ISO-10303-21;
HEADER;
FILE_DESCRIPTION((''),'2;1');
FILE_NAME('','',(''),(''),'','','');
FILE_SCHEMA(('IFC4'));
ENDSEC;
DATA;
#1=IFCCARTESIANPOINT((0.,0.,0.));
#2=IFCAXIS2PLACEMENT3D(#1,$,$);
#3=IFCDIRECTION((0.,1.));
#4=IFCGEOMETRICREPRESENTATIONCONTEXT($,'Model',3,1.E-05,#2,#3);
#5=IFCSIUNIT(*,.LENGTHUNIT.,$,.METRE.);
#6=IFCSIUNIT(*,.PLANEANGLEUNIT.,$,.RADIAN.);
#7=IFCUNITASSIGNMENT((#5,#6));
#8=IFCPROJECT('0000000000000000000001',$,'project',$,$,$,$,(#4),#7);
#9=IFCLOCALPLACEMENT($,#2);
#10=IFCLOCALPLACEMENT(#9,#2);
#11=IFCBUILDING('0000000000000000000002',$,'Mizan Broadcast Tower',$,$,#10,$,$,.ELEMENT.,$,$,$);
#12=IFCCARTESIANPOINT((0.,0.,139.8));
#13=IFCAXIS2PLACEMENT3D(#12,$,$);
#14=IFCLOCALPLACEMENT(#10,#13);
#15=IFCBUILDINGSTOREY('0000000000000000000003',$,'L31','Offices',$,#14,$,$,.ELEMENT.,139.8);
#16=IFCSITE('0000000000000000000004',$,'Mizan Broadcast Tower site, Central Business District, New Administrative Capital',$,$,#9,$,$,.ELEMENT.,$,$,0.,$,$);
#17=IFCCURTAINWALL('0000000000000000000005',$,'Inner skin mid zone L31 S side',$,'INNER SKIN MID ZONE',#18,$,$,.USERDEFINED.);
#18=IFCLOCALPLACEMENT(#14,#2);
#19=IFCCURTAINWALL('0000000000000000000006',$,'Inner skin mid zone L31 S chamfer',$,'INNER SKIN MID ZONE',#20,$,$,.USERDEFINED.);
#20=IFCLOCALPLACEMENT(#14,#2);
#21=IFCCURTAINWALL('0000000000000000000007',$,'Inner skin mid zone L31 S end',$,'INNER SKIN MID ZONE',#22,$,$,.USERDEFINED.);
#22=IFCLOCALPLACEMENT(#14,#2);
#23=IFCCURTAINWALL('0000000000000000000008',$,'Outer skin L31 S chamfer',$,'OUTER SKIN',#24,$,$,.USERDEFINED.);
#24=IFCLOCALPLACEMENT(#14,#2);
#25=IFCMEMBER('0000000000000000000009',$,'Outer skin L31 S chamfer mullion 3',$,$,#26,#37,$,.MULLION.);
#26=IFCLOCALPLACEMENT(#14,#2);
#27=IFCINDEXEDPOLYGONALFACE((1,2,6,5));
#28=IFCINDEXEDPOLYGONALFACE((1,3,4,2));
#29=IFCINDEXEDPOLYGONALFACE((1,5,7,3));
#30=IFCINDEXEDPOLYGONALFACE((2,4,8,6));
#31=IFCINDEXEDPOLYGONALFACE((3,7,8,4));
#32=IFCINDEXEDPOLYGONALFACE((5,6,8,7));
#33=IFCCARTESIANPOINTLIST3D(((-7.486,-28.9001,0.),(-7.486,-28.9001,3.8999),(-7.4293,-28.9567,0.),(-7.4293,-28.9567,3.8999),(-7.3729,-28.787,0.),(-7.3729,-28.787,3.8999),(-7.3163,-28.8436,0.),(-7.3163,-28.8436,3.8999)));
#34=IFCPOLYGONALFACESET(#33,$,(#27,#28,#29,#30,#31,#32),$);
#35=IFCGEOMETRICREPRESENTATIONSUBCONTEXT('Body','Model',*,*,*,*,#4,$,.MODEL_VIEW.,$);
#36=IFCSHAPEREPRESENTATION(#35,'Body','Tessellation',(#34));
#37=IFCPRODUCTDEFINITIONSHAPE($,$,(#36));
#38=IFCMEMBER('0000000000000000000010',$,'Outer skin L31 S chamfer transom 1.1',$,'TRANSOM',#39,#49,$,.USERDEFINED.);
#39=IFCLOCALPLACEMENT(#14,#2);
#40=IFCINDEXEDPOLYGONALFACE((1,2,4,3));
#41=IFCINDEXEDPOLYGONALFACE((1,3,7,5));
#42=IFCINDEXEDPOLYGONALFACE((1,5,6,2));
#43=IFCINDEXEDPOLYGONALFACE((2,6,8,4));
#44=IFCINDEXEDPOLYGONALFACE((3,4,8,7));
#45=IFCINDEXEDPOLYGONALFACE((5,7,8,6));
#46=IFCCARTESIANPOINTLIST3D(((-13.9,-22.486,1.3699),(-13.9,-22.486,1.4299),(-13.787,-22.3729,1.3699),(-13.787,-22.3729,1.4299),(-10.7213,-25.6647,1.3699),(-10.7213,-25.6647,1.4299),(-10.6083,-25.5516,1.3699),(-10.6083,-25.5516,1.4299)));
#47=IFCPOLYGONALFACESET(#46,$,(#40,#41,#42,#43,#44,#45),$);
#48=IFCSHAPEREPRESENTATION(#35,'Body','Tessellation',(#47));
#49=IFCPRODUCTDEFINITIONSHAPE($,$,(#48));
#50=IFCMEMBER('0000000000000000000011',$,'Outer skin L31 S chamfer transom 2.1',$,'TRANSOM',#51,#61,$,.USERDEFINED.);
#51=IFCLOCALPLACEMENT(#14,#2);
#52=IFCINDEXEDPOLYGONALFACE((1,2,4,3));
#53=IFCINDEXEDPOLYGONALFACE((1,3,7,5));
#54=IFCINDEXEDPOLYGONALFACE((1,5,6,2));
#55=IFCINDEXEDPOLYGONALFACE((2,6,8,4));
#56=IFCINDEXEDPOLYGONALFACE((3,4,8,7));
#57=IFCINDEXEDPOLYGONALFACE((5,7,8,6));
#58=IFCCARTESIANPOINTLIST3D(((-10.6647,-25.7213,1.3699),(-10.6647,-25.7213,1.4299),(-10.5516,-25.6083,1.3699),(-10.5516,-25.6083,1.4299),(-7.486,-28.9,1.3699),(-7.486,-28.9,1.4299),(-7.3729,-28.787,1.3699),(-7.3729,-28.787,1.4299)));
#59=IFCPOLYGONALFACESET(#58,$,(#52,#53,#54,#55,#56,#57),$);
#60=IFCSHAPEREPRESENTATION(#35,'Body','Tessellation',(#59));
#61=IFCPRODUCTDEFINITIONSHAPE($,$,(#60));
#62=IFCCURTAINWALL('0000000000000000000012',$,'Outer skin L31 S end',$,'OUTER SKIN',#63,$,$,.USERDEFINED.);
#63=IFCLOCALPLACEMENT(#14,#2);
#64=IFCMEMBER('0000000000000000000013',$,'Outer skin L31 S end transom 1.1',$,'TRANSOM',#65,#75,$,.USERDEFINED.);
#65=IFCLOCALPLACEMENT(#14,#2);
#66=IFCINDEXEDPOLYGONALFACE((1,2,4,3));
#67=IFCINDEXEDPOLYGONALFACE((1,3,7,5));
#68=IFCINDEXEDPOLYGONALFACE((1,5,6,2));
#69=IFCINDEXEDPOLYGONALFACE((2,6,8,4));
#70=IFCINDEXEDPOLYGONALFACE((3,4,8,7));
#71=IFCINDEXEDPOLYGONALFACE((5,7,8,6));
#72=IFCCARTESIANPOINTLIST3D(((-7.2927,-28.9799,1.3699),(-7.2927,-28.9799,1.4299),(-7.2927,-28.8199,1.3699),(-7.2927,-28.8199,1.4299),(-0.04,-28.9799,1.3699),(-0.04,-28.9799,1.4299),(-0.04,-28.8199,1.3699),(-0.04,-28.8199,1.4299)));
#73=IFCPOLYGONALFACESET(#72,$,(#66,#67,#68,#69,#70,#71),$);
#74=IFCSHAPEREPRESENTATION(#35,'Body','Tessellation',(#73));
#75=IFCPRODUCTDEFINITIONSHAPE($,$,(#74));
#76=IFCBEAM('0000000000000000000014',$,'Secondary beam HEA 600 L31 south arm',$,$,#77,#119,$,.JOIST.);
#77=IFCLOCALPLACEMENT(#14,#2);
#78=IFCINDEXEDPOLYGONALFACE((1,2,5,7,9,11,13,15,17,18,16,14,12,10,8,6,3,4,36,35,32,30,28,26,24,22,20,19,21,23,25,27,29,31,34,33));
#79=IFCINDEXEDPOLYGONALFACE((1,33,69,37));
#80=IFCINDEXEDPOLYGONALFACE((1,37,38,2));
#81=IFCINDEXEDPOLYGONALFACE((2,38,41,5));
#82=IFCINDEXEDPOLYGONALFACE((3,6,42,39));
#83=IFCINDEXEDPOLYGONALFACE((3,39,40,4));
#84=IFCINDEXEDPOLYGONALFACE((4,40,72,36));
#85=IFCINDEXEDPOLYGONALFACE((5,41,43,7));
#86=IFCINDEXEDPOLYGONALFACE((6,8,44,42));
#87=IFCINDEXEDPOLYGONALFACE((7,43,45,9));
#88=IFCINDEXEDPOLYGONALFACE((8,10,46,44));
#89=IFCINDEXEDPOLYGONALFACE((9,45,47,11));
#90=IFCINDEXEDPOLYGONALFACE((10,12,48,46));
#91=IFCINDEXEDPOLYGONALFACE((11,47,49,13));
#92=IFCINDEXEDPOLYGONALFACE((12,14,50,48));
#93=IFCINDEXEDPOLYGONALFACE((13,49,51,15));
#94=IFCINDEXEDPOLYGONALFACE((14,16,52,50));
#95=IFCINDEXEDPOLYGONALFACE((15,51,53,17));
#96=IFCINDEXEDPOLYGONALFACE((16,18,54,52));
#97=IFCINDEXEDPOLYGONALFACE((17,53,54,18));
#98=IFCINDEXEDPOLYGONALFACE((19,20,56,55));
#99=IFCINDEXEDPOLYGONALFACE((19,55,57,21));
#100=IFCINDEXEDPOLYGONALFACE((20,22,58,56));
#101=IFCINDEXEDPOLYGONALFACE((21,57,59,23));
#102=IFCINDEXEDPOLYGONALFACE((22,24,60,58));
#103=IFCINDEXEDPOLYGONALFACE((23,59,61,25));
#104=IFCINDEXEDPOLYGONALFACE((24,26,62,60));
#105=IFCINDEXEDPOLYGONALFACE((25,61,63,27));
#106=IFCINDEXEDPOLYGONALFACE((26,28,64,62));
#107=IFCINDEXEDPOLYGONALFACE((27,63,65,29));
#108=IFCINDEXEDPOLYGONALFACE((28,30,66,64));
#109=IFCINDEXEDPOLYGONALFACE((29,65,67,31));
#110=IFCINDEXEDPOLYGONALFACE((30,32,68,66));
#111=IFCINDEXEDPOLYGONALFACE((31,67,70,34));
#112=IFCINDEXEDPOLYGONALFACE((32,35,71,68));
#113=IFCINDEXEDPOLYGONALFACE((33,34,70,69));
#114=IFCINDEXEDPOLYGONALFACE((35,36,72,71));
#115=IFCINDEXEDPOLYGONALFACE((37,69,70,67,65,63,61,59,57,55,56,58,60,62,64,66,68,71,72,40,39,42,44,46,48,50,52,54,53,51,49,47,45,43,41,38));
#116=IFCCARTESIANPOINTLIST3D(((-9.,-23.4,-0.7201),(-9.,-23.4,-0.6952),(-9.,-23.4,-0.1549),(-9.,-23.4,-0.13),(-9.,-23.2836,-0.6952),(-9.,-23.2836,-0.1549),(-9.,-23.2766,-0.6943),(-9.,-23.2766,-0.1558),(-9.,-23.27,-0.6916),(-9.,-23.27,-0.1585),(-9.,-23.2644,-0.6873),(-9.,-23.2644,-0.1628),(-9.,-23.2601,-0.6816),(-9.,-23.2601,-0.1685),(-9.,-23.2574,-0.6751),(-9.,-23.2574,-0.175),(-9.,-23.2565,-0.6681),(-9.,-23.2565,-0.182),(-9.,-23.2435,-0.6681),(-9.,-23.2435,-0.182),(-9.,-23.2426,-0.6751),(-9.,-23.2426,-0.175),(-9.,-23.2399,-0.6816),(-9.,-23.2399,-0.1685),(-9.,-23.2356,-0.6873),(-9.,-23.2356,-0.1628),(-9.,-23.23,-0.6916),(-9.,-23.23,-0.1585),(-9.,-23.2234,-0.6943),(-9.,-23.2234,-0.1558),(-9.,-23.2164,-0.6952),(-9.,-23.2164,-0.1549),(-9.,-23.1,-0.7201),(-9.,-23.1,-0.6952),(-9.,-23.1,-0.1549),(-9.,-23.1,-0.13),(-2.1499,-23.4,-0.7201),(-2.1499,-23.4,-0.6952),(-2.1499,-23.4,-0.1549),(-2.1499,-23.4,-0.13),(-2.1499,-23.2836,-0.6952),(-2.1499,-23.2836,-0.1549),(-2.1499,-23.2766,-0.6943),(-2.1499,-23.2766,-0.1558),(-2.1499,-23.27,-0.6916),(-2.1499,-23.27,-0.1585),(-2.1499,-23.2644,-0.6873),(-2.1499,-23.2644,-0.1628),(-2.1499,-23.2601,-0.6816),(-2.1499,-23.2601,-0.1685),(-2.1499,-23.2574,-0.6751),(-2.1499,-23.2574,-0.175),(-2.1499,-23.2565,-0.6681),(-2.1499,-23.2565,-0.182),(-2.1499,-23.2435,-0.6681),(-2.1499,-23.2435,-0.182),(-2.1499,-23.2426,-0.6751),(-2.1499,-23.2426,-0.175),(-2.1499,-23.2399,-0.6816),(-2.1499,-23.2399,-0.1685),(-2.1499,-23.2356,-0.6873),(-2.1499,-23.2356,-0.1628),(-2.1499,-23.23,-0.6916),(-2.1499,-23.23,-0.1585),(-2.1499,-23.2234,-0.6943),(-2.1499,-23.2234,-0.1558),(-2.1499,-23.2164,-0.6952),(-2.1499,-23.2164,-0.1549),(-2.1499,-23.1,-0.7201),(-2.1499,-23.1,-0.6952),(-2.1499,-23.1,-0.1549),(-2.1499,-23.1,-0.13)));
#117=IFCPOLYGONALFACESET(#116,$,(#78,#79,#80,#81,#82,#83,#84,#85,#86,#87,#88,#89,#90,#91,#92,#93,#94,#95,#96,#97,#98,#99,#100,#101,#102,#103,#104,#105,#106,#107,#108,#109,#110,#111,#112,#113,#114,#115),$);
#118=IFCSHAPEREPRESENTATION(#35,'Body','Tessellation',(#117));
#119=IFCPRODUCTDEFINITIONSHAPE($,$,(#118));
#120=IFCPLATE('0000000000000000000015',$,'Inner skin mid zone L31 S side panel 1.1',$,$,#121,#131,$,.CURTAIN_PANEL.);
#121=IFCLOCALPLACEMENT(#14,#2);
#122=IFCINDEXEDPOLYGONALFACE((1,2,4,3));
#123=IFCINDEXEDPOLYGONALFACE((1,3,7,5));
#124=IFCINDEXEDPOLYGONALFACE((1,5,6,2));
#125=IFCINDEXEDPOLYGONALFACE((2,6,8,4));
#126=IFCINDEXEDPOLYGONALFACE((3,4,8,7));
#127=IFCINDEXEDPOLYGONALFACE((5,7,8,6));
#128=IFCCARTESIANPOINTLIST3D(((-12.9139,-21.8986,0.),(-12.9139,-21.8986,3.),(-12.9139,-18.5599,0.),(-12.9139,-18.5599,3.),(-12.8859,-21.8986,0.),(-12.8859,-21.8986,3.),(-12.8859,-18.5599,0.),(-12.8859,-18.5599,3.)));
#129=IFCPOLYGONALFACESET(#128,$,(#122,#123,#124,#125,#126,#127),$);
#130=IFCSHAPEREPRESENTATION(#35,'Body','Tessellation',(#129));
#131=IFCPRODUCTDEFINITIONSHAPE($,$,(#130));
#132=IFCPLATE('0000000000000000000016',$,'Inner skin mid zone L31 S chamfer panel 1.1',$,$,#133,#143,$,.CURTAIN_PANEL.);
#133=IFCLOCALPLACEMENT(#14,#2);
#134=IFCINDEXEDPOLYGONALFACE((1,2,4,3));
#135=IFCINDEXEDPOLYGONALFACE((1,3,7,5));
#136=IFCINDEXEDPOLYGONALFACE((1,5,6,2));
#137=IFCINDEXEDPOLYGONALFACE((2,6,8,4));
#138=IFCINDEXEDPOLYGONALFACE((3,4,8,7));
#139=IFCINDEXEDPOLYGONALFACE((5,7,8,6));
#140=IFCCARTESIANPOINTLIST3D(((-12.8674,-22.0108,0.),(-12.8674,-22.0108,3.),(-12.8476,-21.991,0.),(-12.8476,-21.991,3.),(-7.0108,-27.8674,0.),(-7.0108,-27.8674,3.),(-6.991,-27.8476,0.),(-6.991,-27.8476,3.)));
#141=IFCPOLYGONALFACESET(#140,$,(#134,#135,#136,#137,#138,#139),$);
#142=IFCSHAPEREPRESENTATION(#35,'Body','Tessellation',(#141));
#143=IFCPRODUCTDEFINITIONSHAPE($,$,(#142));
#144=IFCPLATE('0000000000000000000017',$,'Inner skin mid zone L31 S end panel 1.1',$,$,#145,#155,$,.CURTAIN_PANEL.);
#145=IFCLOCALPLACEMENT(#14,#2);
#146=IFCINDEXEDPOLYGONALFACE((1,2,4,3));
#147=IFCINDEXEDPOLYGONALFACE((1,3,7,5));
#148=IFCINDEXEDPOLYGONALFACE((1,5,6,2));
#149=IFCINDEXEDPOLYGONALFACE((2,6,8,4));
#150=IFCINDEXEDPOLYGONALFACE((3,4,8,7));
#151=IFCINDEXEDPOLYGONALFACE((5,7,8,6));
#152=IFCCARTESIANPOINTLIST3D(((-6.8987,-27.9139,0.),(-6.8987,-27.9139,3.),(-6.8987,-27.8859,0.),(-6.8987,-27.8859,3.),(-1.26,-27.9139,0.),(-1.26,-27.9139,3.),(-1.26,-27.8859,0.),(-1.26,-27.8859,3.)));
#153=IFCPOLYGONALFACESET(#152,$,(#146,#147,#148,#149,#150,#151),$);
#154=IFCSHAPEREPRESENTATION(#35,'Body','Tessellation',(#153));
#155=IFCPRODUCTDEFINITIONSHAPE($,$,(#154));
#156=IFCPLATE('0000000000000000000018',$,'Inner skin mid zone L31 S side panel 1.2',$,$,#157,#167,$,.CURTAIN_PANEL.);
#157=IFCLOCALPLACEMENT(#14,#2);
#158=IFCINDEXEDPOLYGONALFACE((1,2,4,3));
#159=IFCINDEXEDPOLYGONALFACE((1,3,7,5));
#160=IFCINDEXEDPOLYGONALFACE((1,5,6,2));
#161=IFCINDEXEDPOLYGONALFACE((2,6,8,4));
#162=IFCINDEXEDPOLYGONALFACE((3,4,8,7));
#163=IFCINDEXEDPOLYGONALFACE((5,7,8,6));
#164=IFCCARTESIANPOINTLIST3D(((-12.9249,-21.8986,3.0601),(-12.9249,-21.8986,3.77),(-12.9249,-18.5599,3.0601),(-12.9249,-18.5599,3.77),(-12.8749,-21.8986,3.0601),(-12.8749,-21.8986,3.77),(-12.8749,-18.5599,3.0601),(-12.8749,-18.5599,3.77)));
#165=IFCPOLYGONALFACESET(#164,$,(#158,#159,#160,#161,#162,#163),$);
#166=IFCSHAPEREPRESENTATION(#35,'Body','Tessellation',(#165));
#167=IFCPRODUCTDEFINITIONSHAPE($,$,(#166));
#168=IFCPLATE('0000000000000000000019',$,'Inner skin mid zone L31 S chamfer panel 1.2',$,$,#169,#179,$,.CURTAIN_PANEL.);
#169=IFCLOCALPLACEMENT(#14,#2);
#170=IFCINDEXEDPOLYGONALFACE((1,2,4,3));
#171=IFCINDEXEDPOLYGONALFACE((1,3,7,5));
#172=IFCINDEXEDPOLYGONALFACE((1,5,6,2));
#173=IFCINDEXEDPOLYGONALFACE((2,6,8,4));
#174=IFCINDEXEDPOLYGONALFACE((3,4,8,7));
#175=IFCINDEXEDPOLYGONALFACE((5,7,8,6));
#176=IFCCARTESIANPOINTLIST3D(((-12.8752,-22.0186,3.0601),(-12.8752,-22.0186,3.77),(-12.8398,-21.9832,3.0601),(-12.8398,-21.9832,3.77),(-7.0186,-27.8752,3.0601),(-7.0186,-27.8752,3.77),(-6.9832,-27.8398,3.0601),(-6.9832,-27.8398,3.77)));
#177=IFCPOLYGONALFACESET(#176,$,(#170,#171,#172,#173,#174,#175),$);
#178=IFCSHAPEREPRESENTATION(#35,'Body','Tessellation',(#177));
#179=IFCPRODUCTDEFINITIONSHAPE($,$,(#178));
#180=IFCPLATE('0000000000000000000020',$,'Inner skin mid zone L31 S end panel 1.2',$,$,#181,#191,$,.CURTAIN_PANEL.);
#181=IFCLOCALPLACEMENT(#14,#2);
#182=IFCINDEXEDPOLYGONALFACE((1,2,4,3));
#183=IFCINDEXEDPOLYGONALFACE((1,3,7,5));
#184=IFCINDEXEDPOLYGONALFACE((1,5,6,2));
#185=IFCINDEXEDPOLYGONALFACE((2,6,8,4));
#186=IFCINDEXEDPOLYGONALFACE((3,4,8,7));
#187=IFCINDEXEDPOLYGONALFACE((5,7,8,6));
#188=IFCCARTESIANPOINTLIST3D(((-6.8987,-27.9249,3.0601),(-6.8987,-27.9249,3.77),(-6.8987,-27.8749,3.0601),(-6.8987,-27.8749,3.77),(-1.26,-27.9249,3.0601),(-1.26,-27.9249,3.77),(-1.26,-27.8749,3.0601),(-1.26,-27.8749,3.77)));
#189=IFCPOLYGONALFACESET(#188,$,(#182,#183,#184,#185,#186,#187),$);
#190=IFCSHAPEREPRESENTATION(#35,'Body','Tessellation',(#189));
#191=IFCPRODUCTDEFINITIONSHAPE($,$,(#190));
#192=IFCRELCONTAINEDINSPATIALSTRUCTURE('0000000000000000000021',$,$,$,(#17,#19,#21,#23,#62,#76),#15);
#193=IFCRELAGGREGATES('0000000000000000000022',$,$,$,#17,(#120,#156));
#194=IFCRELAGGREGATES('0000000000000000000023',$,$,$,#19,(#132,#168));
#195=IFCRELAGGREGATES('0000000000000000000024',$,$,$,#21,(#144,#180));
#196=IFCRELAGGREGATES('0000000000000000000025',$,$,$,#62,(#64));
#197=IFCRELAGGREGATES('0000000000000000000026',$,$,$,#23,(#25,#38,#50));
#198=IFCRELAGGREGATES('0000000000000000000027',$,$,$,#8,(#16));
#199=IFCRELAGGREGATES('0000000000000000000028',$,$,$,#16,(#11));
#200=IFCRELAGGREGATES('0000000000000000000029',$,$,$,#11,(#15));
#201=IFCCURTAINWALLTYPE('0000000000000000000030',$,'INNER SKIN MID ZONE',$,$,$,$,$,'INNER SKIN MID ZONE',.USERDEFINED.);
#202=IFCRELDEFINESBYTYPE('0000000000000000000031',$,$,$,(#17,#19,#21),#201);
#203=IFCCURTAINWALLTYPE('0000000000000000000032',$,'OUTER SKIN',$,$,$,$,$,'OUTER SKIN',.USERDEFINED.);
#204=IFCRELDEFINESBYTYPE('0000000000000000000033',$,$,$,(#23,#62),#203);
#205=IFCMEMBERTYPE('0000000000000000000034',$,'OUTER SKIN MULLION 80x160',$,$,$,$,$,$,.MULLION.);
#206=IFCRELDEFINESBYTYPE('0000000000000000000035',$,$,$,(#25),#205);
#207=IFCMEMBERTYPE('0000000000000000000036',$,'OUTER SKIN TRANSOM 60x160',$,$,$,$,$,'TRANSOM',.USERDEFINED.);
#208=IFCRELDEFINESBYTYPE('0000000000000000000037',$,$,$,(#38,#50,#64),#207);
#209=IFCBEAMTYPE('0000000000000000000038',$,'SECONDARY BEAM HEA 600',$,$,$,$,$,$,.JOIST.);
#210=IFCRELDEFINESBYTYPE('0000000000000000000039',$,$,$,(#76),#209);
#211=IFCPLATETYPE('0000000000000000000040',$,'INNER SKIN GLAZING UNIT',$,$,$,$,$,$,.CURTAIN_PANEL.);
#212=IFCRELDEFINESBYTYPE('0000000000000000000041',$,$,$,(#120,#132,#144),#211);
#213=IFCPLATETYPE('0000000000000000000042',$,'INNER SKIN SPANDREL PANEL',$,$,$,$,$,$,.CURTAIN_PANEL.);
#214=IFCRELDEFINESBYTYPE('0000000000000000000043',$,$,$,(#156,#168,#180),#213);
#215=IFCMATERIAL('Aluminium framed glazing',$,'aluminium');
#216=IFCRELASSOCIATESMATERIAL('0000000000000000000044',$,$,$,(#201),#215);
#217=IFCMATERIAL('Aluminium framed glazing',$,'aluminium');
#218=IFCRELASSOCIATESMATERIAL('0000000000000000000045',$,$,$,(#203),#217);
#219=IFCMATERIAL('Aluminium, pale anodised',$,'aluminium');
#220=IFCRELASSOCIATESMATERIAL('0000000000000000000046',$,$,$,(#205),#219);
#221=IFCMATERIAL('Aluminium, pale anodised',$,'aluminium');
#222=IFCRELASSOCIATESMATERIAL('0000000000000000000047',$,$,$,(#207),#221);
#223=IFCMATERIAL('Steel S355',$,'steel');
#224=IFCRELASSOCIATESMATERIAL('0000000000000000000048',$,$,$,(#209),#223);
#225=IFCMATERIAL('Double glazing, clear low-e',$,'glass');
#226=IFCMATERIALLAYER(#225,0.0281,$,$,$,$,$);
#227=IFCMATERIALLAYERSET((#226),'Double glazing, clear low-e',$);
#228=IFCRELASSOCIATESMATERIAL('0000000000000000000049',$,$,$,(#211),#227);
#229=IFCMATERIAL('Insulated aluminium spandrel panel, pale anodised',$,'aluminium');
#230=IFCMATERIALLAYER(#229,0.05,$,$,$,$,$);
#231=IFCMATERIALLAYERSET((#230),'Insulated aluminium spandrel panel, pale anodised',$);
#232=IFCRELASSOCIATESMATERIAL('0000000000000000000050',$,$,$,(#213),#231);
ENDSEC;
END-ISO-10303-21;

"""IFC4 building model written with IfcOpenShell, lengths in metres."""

from ifc_helpers import new_model, si_unit, direction, frame, origin, origin_2d, place, context, subcontext, project, spatial, rectangle, i_section, extrude, material, layer, layer_set, material_profile, profile_set, type_object, element, aggregate, save


model = new_model("IFC4")

# Units and contexts
model_context = context("Model", 3, precision=1e-05, world=origin(), true_north=direction((0.0, 1.0)))
body_context = subcontext(model_context, "Body", "Model", "MODEL_VIEW")
ifc_project = project(units=[si_unit("LENGTHUNIT", "METRE"), si_unit("PLANEANGLEUNIT", "RADIAN")], contexts=[model_context])

# Site, building, storey
site_placement = place(None, origin())
site = spatial("IfcSite", under=ifc_project, at=site_placement, Name="Mizan Broadcast Tower site, Central Business District, New Administrative Capital", CompositionType="ELEMENT", RefElevation=0.0)
building_placement = place(site_placement, origin())
building = spatial("IfcBuilding", under=site, at=building_placement, Name="Mizan Broadcast Tower", CompositionType="ELEMENT")
storey_placement = place(building_placement, frame((0.0, 0.0, 139.8)))
storey = spatial("IfcBuildingStorey", under=building, at=storey_placement, Name="L31", Description="Offices", CompositionType="ELEMENT", Elevation=139.8)

# Curtain walls
ifc_material_1 = material(Name="Aluminium framed glazing", Category="aluminium")
curtain_wall_type_1 = type_object("IfcCurtainWallType", Name="INNER SKIN MID ZONE", ElementType="INNER SKIN MID ZONE", PredefinedType="USERDEFINED", material=ifc_material_1)
curtain_wall_1_placement = place(storey_placement, origin())
curtain_wall_1 = element("IfcCurtainWall", 1, at=curtain_wall_1_placement, inside=storey, type_object=curtain_wall_type_1, Name="Inner skin mid zone L31 S side", ObjectType="INNER SKIN MID ZONE", PredefinedType="USERDEFINED")
curtain_wall_2_placement = place(storey_placement, origin())
curtain_wall_2 = element("IfcCurtainWall", 2, at=curtain_wall_2_placement, inside=storey, type_object=curtain_wall_type_1, Name="Inner skin mid zone L31 S chamfer", ObjectType="INNER SKIN MID ZONE", PredefinedType="USERDEFINED")
curtain_wall_3_placement = place(storey_placement, origin())
curtain_wall_3 = element("IfcCurtainWall", 3, at=curtain_wall_3_placement, inside=storey, type_object=curtain_wall_type_1, Name="Inner skin mid zone L31 S end", ObjectType="INNER SKIN MID ZONE", PredefinedType="USERDEFINED")

# Curtain wall, members
ifc_material_2 = material(Name="Aluminium framed glazing", Category="aluminium")
curtain_wall_type_2 = type_object("IfcCurtainWallType", Name="OUTER SKIN", ElementType="OUTER SKIN", PredefinedType="USERDEFINED", material=ifc_material_2)
curtain_wall_4_placement = place(storey_placement, origin())
curtain_wall_4 = element("IfcCurtainWall", 4, at=curtain_wall_4_placement, inside=storey, type_object=curtain_wall_type_2, Name="Outer skin L31 S chamfer", ObjectType="OUTER SKIN", PredefinedType="USERDEFINED")
ifc_material_3 = material(Name="Aluminium, pale anodised", Category="aluminium")
ifc_material_profile_1 = material_profile(ifc_material_3, rectangle(XDim=0.1599, YDim=0.0801, at=origin_2d()), Name="MULLION 160x80")
ifc_profile_set_1 = profile_set([ifc_material_profile_1], Name="Aluminium, pale anodised")
member_type_1 = type_object("IfcMemberType", Name="OUTER SKIN MULLION 80x160", PredefinedType="MULLION", material=ifc_profile_set_1)
member_1_placement = place(storey_placement, frame((-7.4011, -28.8718, 0.0), z_axis=(0.0, 0.0, 1.0), x_axis=(0.707107, 0.707107, 0.0)))
member_1 = element("IfcMember", 5, at=member_1_placement, type_object=member_type_1, Name="Outer skin L31 S chamfer mullion 3", PredefinedType="MULLION", context=body_context, shape_type="SweptSolid", body=[
    extrude(rectangle(XDim=0.1599, YDim=0.0801, at=origin_2d()), origin(), (0.0, 0.0, 1.0), 3.8999),
])
ifc_material_4 = material(Name="Aluminium, pale anodised", Category="aluminium")
ifc_material_profile_2 = material_profile(ifc_material_4, rectangle(XDim=0.1599, YDim=0.0601, at=origin_2d()), Name="TRANSOM 160x60")
ifc_profile_set_2 = profile_set([ifc_material_profile_2], Name="Aluminium, pale anodised")
member_type_2 = type_object("IfcMemberType", Name="OUTER SKIN TRANSOM 60x160", ElementType="TRANSOM", PredefinedType="USERDEFINED", material=ifc_profile_set_2)
member_2_placement = place(storey_placement, frame((-13.8435, -22.4294, 1.3999), z_axis=(0.707107, -0.707107, 0.0), x_axis=(0.707107, 0.707107, 0.0)))
member_2 = element("IfcMember", 6, at=member_2_placement, type_object=member_type_2, Name="Outer skin L31 S chamfer transom 1.1", ObjectType="TRANSOM", PredefinedType="USERDEFINED", context=body_context, shape_type="SweptSolid", body=[
    extrude(rectangle(XDim=0.1599, YDim=0.0601, at=origin_2d()), origin(), (0.0, 0.0, 1.0), 4.4954),
])
member_3_placement = place(storey_placement, frame((-10.6082, -25.6648, 1.3999), z_axis=(0.707107, -0.707107, 0.0), x_axis=(0.707107, 0.707107, 0.0)))
member_3 = element("IfcMember", 7, at=member_3_placement, type_object=member_type_2, Name="Outer skin L31 S chamfer transom 2.1", ObjectType="TRANSOM", PredefinedType="USERDEFINED", context=body_context, shape_type="SweptSolid", body=[
    extrude(rectangle(XDim=0.1599, YDim=0.0601, at=origin_2d()), origin(), (0.0, 0.0, 1.0), 4.4954),
])

# Curtain wall, member
curtain_wall_5_placement = place(storey_placement, origin())
curtain_wall_5 = element("IfcCurtainWall", 8, at=curtain_wall_5_placement, inside=storey, type_object=curtain_wall_type_2, Name="Outer skin L31 S end", ObjectType="OUTER SKIN", PredefinedType="USERDEFINED")
member_4_placement = place(storey_placement, frame((-7.2927, -28.8999, 1.3999), z_axis=(1.0, 0.0, 0.0), x_axis=(0.0, 1.0, 0.0)))
member_4 = element("IfcMember", 9, at=member_4_placement, type_object=member_type_2, Name="Outer skin L31 S end transom 1.1", ObjectType="TRANSOM", PredefinedType="USERDEFINED", context=body_context, shape_type="SweptSolid", body=[
    extrude(rectangle(XDim=0.1599, YDim=0.0601, at=origin_2d()), origin(), (0.0, 0.0, 1.0), 7.2527),
])

# Beam
ifc_material_5 = material(Name="Steel S355", Category="steel")
ifc_material_profile_3 = material_profile(ifc_material_5, i_section(OverallWidth=0.3, OverallDepth=0.5901, WebThickness=0.0129, FlangeThickness=0.0249, FilletRadius=0.0271, at=origin_2d()), Name="HEA 600")
ifc_profile_set_3 = profile_set([ifc_material_profile_3], Name="Steel S355")
beam_type_1 = type_object("IfcBeamType", Name="SECONDARY BEAM HEA 600", PredefinedType="JOIST", material=ifc_profile_set_3)
beam_1_placement = place(storey_placement, frame((-9.0, -23.25, -0.425), z_axis=(1.0, 0.0, 0.0), x_axis=(0.0, 1.0, 0.0)))
element("IfcBeam", 10, at=beam_1_placement, inside=storey, type_object=beam_type_1, Name="Secondary beam HEA 600 L31 south arm", PredefinedType="JOIST", context=body_context, shape_type="SweptSolid", body=[
    extrude(i_section(OverallWidth=0.3, OverallDepth=0.5901, WebThickness=0.0129, FlangeThickness=0.0249, FilletRadius=0.0271, at=origin_2d()), origin(), (0.0, 0.0, 1.0), 6.8501),
])

# Plates
ifc_material_6 = material(Name="Double glazing, clear low-e", Category="glass")
ifc_layer_1 = layer(ifc_material_6, 0.0281)
ifc_layer_set_1 = layer_set([ifc_layer_1], Name="Double glazing, clear low-e")
plate_type_1 = type_object("IfcPlateType", Name="INNER SKIN GLAZING UNIT", PredefinedType="CURTAIN_PANEL", material=ifc_layer_set_1)
plate_1_placement = place(storey_placement, frame((-12.8999, -20.2292, 0.0), z_axis=(0.0, 0.0, 1.0), x_axis=(0.0, -1.0, 0.0)))
plate_1 = element("IfcPlate", 11, at=plate_1_placement, type_object=plate_type_1, Name="Inner skin mid zone L31 S side panel 1.1", PredefinedType="CURTAIN_PANEL", context=body_context, shape_type="SweptSolid", body=[
    extrude(rectangle(XDim=3.3386, YDim=0.0281, at=origin_2d()), origin(), (0.0, 0.0, 1.0), 3.0),
])
plate_2_placement = place(storey_placement, frame((-9.9292, -24.9292, 0.0), z_axis=(0.0, 0.0, 1.0), x_axis=(0.707107, -0.707107, 0.0)))
plate_2 = element("IfcPlate", 12, at=plate_2_placement, type_object=plate_type_1, Name="Inner skin mid zone L31 S chamfer panel 1.1", PredefinedType="CURTAIN_PANEL", context=body_context, shape_type="SweptSolid", body=[
    extrude(rectangle(XDim=8.2825, YDim=0.0281, at=origin_2d()), origin(), (0.0, 0.0, 1.0), 3.0),
])
plate_3_placement = place(storey_placement, frame((-4.0793, -27.8999, 0.0), z_axis=(0.0, 0.0, 1.0), x_axis=(1.0, 0.0, 0.0)))
plate_3 = element("IfcPlate", 13, at=plate_3_placement, type_object=plate_type_1, Name="Inner skin mid zone L31 S end panel 1.1", PredefinedType="CURTAIN_PANEL", context=body_context, shape_type="SweptSolid", body=[
    extrude(rectangle(XDim=5.6387, YDim=0.0281, at=origin_2d()), origin(), (0.0, 0.0, 1.0), 3.0),
])
ifc_material_7 = material(Name="Insulated aluminium spandrel panel, pale anodised", Category="aluminium")
ifc_layer_2 = layer(ifc_material_7, 0.05)
ifc_layer_set_2 = layer_set([ifc_layer_2], Name="Insulated aluminium spandrel panel, pale anodised")
plate_type_2 = type_object("IfcPlateType", Name="INNER SKIN SPANDREL PANEL", PredefinedType="CURTAIN_PANEL", material=ifc_layer_set_2)
plate_4_placement = place(storey_placement, frame((-12.8999, -20.2292, 3.0601), z_axis=(0.0, 0.0, 1.0), x_axis=(0.0, -1.0, 0.0)))
plate_4 = element("IfcPlate", 14, at=plate_4_placement, type_object=plate_type_2, Name="Inner skin mid zone L31 S side panel 1.2", PredefinedType="CURTAIN_PANEL", context=body_context, shape_type="SweptSolid", body=[
    extrude(rectangle(XDim=3.3386, YDim=0.05, at=origin_2d()), origin(), (0.0, 0.0, 1.0), 0.71),
])
aggregate(curtain_wall_1, [plate_1, plate_4])
plate_5_placement = place(storey_placement, frame((-9.9292, -24.9292, 3.0601), z_axis=(0.0, 0.0, 1.0), x_axis=(0.707107, -0.707107, 0.0)))
plate_5 = element("IfcPlate", 15, at=plate_5_placement, type_object=plate_type_2, Name="Inner skin mid zone L31 S chamfer panel 1.2", PredefinedType="CURTAIN_PANEL", context=body_context, shape_type="SweptSolid", body=[
    extrude(rectangle(XDim=8.2825, YDim=0.05, at=origin_2d()), origin(), (0.0, 0.0, 1.0), 0.71),
])
aggregate(curtain_wall_2, [plate_2, plate_5])
plate_6_placement = place(storey_placement, frame((-4.0793, -27.8999, 3.0601), z_axis=(0.0, 0.0, 1.0), x_axis=(1.0, 0.0, 0.0)))
plate_6 = element("IfcPlate", 16, at=plate_6_placement, type_object=plate_type_2, Name="Inner skin mid zone L31 S end panel 1.2", PredefinedType="CURTAIN_PANEL", context=body_context, shape_type="SweptSolid", body=[
    extrude(rectangle(XDim=5.6387, YDim=0.05, at=origin_2d()), origin(), (0.0, 0.0, 1.0), 0.71),
])
aggregate(curtain_wall_3, [plate_3, plate_6])

aggregate(curtain_wall_5, [member_4])
aggregate(curtain_wall_4, [member_1, member_2, member_3])

save(model, "model.ifc")
